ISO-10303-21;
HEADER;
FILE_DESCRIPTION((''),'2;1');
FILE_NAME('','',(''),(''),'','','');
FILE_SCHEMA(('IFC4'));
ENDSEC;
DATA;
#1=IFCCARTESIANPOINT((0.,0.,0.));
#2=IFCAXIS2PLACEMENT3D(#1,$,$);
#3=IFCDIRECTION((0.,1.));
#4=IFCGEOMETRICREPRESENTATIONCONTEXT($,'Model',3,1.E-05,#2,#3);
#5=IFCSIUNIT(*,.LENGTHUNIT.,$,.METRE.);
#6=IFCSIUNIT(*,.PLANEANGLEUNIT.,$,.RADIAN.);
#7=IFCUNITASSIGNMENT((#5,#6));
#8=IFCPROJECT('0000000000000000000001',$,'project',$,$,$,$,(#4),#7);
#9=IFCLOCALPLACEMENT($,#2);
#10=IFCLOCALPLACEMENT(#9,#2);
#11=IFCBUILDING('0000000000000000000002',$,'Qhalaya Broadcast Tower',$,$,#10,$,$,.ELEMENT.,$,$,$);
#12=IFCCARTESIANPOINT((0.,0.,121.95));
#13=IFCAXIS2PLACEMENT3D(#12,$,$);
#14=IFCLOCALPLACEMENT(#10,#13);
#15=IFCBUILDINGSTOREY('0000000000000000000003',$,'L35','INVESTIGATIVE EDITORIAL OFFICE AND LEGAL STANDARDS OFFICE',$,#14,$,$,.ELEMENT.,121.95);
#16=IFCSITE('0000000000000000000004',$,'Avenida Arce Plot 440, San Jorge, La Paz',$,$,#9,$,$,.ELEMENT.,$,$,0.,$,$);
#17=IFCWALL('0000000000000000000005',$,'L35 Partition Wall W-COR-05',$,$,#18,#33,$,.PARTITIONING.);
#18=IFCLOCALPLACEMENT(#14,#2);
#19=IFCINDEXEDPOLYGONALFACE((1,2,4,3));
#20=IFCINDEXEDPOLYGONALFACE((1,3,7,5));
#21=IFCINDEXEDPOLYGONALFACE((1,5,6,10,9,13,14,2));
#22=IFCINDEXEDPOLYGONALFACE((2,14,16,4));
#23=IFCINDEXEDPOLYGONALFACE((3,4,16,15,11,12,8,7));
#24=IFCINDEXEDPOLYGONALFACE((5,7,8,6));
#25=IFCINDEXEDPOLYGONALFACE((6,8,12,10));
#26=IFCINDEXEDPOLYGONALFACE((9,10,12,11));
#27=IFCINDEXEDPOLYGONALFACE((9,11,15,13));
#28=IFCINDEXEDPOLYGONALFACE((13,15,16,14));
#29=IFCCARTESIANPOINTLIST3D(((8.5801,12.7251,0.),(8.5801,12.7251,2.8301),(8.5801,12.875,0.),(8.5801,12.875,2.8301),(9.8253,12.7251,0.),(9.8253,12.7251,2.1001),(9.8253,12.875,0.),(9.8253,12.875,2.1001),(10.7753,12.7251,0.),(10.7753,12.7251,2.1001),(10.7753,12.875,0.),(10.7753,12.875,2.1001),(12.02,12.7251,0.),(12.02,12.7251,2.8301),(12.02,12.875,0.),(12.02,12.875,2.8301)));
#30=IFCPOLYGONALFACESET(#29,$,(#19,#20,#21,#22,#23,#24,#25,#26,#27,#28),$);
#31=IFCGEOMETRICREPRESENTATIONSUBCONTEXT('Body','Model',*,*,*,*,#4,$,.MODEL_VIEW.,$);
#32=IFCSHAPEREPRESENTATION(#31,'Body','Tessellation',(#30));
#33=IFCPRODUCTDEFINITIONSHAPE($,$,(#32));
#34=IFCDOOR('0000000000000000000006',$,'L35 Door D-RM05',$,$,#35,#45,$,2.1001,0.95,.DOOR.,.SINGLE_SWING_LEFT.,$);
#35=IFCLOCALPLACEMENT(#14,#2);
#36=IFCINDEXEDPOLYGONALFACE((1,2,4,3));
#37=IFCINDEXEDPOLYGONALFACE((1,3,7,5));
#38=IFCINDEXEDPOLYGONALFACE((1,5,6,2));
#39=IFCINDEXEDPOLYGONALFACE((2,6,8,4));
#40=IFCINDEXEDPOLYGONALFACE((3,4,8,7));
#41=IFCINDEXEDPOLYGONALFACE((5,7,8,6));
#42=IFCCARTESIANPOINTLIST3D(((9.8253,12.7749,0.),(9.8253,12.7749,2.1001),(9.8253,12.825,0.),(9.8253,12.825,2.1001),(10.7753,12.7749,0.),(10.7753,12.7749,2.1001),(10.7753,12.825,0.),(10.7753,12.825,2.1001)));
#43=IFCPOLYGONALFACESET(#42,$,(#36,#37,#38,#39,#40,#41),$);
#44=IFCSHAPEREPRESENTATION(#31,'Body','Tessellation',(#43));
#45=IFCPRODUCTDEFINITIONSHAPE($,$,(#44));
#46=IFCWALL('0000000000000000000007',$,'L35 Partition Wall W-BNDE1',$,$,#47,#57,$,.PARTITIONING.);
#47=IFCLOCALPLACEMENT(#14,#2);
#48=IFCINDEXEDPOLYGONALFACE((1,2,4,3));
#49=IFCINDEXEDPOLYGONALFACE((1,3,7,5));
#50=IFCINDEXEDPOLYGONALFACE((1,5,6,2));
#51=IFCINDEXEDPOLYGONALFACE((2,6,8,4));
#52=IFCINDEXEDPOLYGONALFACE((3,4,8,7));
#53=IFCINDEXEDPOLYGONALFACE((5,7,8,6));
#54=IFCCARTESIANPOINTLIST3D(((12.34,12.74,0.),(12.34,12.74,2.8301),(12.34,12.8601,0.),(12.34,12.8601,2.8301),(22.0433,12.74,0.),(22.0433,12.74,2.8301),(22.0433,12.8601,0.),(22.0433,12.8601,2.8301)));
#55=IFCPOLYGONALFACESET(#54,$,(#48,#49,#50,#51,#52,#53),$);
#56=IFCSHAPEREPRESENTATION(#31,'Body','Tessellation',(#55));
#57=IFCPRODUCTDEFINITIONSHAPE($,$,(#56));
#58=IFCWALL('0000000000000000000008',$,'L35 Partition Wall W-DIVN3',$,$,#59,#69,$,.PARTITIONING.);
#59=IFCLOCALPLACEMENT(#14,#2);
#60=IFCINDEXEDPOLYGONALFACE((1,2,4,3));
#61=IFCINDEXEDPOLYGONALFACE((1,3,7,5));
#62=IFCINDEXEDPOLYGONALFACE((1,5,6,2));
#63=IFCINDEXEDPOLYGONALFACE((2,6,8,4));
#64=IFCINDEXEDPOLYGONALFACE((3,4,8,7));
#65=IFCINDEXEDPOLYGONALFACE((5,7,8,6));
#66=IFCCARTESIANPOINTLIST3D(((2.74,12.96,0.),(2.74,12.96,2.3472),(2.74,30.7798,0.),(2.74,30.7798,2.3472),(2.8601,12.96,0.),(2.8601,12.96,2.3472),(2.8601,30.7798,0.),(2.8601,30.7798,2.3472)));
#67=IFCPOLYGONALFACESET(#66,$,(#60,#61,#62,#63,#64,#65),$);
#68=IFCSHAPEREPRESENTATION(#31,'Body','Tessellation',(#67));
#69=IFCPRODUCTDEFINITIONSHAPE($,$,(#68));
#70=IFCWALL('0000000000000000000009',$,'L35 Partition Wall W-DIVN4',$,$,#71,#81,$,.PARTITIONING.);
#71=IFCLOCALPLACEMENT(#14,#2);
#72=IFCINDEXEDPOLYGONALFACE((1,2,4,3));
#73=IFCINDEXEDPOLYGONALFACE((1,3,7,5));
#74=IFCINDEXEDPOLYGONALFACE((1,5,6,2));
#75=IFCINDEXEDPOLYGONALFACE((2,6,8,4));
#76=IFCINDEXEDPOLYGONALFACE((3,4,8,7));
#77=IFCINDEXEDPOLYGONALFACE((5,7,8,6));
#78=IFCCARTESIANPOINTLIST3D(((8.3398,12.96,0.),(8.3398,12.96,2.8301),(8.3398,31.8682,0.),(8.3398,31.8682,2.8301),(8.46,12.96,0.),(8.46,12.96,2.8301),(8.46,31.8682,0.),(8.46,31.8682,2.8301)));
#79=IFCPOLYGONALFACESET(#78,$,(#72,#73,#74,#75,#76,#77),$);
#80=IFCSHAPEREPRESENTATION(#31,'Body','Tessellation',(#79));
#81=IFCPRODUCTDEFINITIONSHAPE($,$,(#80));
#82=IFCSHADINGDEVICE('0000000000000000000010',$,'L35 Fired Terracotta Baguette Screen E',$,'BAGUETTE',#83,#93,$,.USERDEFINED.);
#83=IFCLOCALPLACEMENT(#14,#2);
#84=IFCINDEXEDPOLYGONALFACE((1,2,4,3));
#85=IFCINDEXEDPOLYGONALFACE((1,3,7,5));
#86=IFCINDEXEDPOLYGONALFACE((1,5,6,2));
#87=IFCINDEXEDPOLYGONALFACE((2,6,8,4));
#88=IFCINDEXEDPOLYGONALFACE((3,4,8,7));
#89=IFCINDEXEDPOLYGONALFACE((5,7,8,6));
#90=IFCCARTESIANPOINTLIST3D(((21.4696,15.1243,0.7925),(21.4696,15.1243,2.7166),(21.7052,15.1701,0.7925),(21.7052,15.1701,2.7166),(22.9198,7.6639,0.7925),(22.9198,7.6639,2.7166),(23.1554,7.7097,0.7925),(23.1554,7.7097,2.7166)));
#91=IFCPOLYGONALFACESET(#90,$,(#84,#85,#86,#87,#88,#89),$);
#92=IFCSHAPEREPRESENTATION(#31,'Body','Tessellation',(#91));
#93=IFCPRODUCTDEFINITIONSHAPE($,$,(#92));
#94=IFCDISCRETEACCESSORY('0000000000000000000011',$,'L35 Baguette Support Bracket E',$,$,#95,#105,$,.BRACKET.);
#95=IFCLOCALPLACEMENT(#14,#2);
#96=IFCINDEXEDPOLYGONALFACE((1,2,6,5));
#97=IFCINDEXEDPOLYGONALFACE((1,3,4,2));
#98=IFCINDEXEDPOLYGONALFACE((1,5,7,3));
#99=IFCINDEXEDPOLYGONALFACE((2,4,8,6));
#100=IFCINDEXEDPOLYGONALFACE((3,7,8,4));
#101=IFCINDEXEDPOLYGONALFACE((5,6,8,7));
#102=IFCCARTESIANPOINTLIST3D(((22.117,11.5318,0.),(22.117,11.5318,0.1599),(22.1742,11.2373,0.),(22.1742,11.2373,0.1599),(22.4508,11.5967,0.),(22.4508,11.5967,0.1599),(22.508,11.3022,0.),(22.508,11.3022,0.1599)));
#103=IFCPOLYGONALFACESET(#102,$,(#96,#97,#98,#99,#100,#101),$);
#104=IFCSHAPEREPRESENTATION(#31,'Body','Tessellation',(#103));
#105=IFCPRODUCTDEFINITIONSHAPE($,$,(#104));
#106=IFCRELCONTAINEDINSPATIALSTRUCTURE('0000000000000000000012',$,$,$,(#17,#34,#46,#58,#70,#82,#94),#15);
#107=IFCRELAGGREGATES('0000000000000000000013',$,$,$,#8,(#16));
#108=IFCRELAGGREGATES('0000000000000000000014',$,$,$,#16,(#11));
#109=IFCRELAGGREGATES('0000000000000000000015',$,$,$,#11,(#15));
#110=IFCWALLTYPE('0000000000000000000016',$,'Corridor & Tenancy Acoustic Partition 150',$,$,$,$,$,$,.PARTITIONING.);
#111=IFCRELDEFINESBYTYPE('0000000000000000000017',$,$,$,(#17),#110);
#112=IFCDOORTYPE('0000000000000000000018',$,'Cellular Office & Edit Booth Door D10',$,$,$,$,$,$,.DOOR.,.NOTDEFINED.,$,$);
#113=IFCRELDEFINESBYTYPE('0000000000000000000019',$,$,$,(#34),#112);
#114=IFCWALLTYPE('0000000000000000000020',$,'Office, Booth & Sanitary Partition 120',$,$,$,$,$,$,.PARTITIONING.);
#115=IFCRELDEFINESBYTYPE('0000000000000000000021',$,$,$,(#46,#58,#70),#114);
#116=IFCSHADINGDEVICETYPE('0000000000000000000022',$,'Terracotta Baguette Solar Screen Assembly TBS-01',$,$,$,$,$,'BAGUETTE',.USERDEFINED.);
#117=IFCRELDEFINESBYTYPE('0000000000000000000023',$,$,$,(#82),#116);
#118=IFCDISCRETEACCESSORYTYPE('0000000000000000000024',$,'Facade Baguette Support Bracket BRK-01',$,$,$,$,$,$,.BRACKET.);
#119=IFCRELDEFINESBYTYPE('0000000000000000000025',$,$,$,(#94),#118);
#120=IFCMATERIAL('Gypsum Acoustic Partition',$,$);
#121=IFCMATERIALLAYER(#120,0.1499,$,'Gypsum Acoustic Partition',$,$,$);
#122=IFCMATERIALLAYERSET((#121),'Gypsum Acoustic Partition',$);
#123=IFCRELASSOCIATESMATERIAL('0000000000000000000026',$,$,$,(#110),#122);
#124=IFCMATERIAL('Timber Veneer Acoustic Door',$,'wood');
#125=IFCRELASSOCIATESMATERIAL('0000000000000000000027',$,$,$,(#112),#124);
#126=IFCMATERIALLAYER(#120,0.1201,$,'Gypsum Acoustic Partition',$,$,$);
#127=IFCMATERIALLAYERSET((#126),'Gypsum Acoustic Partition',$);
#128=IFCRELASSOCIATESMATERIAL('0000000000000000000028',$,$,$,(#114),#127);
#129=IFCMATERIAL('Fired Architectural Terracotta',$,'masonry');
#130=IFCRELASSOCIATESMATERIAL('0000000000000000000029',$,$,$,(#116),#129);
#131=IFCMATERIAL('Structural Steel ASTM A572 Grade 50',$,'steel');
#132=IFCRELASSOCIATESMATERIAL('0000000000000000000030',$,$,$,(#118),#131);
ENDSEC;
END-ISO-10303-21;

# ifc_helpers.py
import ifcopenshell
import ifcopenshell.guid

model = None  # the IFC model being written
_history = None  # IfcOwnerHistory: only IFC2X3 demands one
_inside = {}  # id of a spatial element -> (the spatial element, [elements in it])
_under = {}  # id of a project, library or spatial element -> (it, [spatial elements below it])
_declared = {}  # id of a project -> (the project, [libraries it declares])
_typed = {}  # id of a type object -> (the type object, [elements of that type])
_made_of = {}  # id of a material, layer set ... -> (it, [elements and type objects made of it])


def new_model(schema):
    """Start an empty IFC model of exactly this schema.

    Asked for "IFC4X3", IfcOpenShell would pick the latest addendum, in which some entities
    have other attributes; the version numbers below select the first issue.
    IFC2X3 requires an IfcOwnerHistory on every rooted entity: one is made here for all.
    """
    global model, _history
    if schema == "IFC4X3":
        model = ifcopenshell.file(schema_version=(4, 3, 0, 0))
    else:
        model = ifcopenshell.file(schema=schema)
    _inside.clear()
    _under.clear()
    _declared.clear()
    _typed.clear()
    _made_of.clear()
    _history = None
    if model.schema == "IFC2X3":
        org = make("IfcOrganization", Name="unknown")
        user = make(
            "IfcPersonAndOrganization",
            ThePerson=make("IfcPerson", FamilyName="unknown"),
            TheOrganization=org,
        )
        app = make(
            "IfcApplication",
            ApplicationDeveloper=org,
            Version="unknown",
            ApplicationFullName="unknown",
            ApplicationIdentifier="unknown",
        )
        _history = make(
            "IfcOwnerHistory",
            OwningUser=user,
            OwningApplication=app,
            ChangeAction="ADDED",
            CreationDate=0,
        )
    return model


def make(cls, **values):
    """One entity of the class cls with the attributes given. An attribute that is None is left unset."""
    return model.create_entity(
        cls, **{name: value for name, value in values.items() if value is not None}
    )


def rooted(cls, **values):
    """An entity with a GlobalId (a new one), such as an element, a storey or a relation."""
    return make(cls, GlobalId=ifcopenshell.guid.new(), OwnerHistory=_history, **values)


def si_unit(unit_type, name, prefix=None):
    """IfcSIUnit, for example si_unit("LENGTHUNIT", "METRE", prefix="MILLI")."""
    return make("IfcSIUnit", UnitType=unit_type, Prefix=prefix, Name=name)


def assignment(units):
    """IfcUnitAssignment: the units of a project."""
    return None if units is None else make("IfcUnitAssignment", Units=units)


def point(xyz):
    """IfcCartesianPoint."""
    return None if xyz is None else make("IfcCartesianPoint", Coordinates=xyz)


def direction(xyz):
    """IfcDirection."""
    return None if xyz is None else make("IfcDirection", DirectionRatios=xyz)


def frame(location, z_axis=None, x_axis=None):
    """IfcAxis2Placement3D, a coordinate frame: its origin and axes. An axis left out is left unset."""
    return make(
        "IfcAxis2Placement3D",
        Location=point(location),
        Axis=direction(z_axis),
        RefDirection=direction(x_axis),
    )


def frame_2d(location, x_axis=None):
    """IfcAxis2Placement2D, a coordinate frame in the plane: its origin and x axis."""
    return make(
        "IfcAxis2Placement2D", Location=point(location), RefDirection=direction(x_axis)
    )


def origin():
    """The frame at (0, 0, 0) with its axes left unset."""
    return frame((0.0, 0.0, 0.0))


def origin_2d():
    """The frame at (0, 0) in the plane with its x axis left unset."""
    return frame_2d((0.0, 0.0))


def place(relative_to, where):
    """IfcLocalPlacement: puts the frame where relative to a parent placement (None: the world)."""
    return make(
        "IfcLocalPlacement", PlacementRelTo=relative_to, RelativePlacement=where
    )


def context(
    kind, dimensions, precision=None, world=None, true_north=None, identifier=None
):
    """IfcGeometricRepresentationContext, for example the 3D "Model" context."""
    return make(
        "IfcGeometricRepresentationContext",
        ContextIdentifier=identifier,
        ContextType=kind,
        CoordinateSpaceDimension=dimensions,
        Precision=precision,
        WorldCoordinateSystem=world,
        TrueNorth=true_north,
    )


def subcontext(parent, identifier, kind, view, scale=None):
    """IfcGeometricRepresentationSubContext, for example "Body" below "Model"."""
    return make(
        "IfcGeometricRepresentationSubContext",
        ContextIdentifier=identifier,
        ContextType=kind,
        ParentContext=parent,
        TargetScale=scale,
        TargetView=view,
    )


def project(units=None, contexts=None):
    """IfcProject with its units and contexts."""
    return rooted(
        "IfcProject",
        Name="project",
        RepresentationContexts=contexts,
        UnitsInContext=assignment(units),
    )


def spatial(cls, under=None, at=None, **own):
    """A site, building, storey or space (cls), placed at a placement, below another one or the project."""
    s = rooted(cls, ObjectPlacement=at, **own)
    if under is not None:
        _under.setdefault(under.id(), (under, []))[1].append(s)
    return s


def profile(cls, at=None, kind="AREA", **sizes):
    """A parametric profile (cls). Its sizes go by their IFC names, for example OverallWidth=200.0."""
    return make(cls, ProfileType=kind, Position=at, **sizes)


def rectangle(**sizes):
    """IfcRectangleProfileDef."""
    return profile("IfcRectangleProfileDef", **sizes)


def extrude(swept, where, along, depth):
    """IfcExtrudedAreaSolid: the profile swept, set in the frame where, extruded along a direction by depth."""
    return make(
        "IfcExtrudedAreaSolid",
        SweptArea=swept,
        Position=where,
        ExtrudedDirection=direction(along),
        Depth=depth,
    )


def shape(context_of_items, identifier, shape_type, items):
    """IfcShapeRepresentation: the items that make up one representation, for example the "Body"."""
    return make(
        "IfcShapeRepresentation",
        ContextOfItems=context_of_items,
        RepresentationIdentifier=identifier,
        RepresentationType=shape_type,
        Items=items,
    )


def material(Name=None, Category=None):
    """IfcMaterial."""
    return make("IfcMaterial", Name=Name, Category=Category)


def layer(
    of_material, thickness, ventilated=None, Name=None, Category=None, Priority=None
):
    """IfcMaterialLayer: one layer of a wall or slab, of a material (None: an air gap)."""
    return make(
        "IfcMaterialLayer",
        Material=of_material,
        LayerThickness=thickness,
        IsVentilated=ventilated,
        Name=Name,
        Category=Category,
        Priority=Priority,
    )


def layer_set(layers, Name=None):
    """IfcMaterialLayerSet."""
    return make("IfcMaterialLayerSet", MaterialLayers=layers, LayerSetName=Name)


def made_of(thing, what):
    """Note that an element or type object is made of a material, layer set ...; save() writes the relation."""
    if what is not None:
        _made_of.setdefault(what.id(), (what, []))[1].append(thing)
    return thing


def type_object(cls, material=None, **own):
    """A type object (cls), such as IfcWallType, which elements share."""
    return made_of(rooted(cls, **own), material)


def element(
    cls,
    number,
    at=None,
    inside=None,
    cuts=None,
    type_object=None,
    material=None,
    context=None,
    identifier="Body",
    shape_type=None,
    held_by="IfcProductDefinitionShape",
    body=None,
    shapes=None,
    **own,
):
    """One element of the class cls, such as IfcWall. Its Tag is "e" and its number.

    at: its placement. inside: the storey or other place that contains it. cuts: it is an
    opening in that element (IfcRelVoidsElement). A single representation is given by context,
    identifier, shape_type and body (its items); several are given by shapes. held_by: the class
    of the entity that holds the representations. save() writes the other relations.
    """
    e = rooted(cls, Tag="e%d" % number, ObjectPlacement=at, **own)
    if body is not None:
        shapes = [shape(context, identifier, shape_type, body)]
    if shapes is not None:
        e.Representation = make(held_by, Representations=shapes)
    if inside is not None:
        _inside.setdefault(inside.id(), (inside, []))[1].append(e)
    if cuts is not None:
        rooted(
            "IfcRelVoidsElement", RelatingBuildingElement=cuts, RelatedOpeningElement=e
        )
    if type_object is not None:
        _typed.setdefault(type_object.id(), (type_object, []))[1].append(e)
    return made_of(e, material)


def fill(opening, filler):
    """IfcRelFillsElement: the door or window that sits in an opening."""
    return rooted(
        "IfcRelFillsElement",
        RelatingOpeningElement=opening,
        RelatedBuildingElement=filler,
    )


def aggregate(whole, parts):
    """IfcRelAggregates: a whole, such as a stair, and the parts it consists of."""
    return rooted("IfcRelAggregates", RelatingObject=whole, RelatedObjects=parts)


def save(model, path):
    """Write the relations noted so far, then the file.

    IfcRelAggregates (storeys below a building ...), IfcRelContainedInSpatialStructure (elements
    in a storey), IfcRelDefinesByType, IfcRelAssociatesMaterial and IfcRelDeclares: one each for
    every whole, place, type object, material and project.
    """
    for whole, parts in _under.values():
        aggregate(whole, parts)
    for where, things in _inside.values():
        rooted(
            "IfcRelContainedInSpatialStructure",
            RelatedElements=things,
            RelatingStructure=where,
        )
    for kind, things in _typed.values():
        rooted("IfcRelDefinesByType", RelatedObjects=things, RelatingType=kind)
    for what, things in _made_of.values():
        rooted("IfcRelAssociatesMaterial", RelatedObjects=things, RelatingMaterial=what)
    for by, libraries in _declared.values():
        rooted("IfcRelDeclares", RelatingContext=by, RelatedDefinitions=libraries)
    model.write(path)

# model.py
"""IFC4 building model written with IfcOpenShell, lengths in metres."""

from ifc_helpers import new_model, si_unit, direction, frame, frame_2d, origin, origin_2d, place, context, subcontext, project, spatial, rectangle, extrude, material, layer, layer_set, type_object, element, fill, save


model = new_model("IFC4")

# Units and contexts
model_context = context("Model", 3, precision=1e-05, world=origin(), true_north=direction((0.0, 1.0)))
body_context = subcontext(model_context, "Body", "Model", "MODEL_VIEW")
ifc_project = project(units=[si_unit("LENGTHUNIT", "METRE"), si_unit("PLANEANGLEUNIT", "RADIAN")], contexts=[model_context])

# Site, building, storey
site_placement = place(None, origin())
site = spatial("IfcSite", under=ifc_project, at=site_placement, Name="Avenida Arce Plot 440, San Jorge, La Paz", CompositionType="ELEMENT", RefElevation=0.0)
building_placement = place(site_placement, origin())
building = spatial("IfcBuilding", under=site, at=building_placement, Name="Qhalaya Broadcast Tower", CompositionType="ELEMENT")
storey_placement = place(building_placement, frame((0.0, 0.0, 121.95)))
storey = spatial("IfcBuildingStorey", under=building, at=storey_placement, Name="L35", Description="INVESTIGATIVE EDITORIAL OFFICE AND LEGAL STANDARDS OFFICE", CompositionType="ELEMENT", Elevation=121.95)

# Wall, opening, door
ifc_material_1 = material(Name="Gypsum Acoustic Partition")
ifc_layer_1 = layer(ifc_material_1, 0.1499, Name="Gypsum Acoustic Partition")
ifc_layer_set_1 = layer_set([ifc_layer_1], Name="Gypsum Acoustic Partition")
wall_type_1 = type_object("IfcWallType", Name="Corridor & Tenancy Acoustic Partition 150", PredefinedType="PARTITIONING", material=ifc_layer_set_1)
ifc_material_2 = material(Name="Timber Veneer Acoustic Door", Category="wood")
door_type = type_object("IfcDoorType", Name="Cellular Office & Edit Booth Door D10", OperationType="NOTDEFINED", PredefinedType="DOOR", material=ifc_material_2)
wall_1_placement = place(storey_placement, frame((8.5801, 12.8, 0.0), z_axis=(0.0, 0.0, 1.0), x_axis=(1.0, 0.0, 0.0)))
wall_1 = element("IfcWall", 1, at=wall_1_placement, inside=storey, type_object=wall_type_1, Name="L35 Partition Wall W-COR-05", PredefinedType="PARTITIONING", context=body_context, shape_type="SweptSolid", body=[
    extrude(rectangle(XDim=3.4399, YDim=0.1499, at=frame_2d((1.72, 0.0))), origin(), (0.0, 0.0, 1.0), 2.8301),
])
opening_1_placement = place(wall_1_placement, frame((1.2451, 0.0, 0.0)))
opening_1 = element("IfcOpeningElement", 2, at=opening_1_placement, cuts=wall_1, PredefinedType="OPENING", context=body_context, shape_type="SweptSolid", body=[
    extrude(rectangle(XDim=0.95, YDim=2.1001, at=frame_2d((0.4751, 1.05))), frame((0.0, 0.0869, 0.0), z_axis=(0.0, -1.0, 0.0), x_axis=(1.0, 0.0, 0.0)), (0.0, 0.0, 1.0), 0.1738),
])
door_1_placement = place(opening_1_placement, origin())
door_1 = element("IfcDoor", 3, at=door_1_placement, inside=storey, type_object=door_type, Name="L35 Door D-RM05", OperationType="SINGLE_SWING_LEFT", OverallHeight=2.1001, OverallWidth=0.95, PredefinedType="DOOR", context=body_context, shape_type="SweptSolid", body=[
    extrude(rectangle(XDim=0.95, YDim=2.1001, at=frame_2d((0.4751, 1.05))), frame((0.0, 0.0249, 0.0), z_axis=(0.0, -1.0, 0.0), x_axis=(1.0, 0.0, 0.0)), (0.0, 0.0, 1.0), 0.05),
])
fill(opening_1, door_1)

# Walls
ifc_layer_2 = layer(ifc_material_1, 0.1201, Name="Gypsum Acoustic Partition")
ifc_layer_set_2 = layer_set([ifc_layer_2], Name="Gypsum Acoustic Partition")
wall_type_2 = type_object("IfcWallType", Name="Office, Booth & Sanitary Partition 120", PredefinedType="PARTITIONING", material=ifc_layer_set_2)
wall_2_placement = place(storey_placement, frame((12.3401, 12.8, 0.0), z_axis=(0.0, 0.0, 1.0), x_axis=(1.0, 0.0, 0.0)))
element("IfcWall", 4, at=wall_2_placement, inside=storey, type_object=wall_type_2, Name="L35 Partition Wall W-BNDE1", PredefinedType="PARTITIONING", context=body_context, shape_type="SweptSolid", body=[
    extrude(rectangle(XDim=9.7034, YDim=0.1201, at=frame_2d((4.8516, 0.0))), origin(), (0.0, 0.0, 1.0), 2.8301),
])
wall_3_placement = place(storey_placement, frame((2.8, 12.96, 0.0), z_axis=(0.0, 0.0, 1.0), x_axis=(0.0, 1.0, 0.0)))
element("IfcWall", 5, at=wall_3_placement, inside=storey, type_object=wall_type_2, Name="L35 Partition Wall W-DIVN3", PredefinedType="PARTITIONING", context=body_context, shape_type="SweptSolid", body=[
    extrude(rectangle(XDim=17.8198, YDim=0.1201, at=frame_2d((8.9099, 0.0))), origin(), (0.0, 0.0, 1.0), 2.3472),
])
wall_4_placement = place(storey_placement, frame((8.3999, 12.96, 0.0), z_axis=(0.0, 0.0, 1.0), x_axis=(0.0, 1.0, 0.0)))
element("IfcWall", 6, at=wall_4_placement, inside=storey, type_object=wall_type_2, Name="L35 Partition Wall W-DIVN4", PredefinedType="PARTITIONING", context=body_context, shape_type="SweptSolid", body=[
    extrude(rectangle(XDim=18.9082, YDim=0.1201, at=frame_2d((9.4541, 0.0))), origin(), (0.0, 0.0, 1.0), 2.8301),
])

# Shading device
ifc_material_3 = material(Name="Fired Architectural Terracotta", Category="masonry")
shading_device_type = type_object("IfcShadingDeviceType", Name="Terracotta Baguette Solar Screen Assembly TBS-01", ElementType="BAGUETTE", PredefinedType="USERDEFINED", material=ifc_material_3)
shading_device_placement = place(storey_placement, frame((22.3125, 11.417, 0.7925), z_axis=(0.0, 0.0, 1.0), x_axis=(-0.190809, 0.981627, 0.0)))
element("IfcShadingDevice", 7, at=shading_device_placement, inside=storey, type_object=shading_device_type, Name="L35 Fired Terracotta Baguette Screen E", ObjectType="BAGUETTE", PredefinedType="USERDEFINED", context=body_context, shape_type="SweptSolid", body=[
    extrude(rectangle(XDim=7.6001, YDim=0.24, at=origin_2d()), origin(), (0.0, 0.0, 1.0), 1.9241),
])

# Discrete accessory
ifc_material_4 = material(Name="Structural Steel ASTM A572 Grade 50", Category="steel")
discrete_accessory_type = type_object("IfcDiscreteAccessoryType", Name="Facade Baguette Support Bracket BRK-01", PredefinedType="BRACKET", material=ifc_material_4)
discrete_accessory_placement = place(storey_placement, frame((22.3125, 11.417, 0.0), z_axis=(0.0, 0.0, 1.0), x_axis=(-0.190809, 0.981627, 0.0)))
element("IfcDiscreteAccessory", 8, at=discrete_accessory_placement, inside=storey, type_object=discrete_accessory_type, Name="L35 Baguette Support Bracket E", PredefinedType="BRACKET", context=body_context, shape_type="SweptSolid", body=[
    extrude(rectangle(XDim=0.3, YDim=0.3401, at=origin_2d()), origin(), (0.0, 0.0, 1.0), 0.1599),
])

save(model, "model.ifc")
